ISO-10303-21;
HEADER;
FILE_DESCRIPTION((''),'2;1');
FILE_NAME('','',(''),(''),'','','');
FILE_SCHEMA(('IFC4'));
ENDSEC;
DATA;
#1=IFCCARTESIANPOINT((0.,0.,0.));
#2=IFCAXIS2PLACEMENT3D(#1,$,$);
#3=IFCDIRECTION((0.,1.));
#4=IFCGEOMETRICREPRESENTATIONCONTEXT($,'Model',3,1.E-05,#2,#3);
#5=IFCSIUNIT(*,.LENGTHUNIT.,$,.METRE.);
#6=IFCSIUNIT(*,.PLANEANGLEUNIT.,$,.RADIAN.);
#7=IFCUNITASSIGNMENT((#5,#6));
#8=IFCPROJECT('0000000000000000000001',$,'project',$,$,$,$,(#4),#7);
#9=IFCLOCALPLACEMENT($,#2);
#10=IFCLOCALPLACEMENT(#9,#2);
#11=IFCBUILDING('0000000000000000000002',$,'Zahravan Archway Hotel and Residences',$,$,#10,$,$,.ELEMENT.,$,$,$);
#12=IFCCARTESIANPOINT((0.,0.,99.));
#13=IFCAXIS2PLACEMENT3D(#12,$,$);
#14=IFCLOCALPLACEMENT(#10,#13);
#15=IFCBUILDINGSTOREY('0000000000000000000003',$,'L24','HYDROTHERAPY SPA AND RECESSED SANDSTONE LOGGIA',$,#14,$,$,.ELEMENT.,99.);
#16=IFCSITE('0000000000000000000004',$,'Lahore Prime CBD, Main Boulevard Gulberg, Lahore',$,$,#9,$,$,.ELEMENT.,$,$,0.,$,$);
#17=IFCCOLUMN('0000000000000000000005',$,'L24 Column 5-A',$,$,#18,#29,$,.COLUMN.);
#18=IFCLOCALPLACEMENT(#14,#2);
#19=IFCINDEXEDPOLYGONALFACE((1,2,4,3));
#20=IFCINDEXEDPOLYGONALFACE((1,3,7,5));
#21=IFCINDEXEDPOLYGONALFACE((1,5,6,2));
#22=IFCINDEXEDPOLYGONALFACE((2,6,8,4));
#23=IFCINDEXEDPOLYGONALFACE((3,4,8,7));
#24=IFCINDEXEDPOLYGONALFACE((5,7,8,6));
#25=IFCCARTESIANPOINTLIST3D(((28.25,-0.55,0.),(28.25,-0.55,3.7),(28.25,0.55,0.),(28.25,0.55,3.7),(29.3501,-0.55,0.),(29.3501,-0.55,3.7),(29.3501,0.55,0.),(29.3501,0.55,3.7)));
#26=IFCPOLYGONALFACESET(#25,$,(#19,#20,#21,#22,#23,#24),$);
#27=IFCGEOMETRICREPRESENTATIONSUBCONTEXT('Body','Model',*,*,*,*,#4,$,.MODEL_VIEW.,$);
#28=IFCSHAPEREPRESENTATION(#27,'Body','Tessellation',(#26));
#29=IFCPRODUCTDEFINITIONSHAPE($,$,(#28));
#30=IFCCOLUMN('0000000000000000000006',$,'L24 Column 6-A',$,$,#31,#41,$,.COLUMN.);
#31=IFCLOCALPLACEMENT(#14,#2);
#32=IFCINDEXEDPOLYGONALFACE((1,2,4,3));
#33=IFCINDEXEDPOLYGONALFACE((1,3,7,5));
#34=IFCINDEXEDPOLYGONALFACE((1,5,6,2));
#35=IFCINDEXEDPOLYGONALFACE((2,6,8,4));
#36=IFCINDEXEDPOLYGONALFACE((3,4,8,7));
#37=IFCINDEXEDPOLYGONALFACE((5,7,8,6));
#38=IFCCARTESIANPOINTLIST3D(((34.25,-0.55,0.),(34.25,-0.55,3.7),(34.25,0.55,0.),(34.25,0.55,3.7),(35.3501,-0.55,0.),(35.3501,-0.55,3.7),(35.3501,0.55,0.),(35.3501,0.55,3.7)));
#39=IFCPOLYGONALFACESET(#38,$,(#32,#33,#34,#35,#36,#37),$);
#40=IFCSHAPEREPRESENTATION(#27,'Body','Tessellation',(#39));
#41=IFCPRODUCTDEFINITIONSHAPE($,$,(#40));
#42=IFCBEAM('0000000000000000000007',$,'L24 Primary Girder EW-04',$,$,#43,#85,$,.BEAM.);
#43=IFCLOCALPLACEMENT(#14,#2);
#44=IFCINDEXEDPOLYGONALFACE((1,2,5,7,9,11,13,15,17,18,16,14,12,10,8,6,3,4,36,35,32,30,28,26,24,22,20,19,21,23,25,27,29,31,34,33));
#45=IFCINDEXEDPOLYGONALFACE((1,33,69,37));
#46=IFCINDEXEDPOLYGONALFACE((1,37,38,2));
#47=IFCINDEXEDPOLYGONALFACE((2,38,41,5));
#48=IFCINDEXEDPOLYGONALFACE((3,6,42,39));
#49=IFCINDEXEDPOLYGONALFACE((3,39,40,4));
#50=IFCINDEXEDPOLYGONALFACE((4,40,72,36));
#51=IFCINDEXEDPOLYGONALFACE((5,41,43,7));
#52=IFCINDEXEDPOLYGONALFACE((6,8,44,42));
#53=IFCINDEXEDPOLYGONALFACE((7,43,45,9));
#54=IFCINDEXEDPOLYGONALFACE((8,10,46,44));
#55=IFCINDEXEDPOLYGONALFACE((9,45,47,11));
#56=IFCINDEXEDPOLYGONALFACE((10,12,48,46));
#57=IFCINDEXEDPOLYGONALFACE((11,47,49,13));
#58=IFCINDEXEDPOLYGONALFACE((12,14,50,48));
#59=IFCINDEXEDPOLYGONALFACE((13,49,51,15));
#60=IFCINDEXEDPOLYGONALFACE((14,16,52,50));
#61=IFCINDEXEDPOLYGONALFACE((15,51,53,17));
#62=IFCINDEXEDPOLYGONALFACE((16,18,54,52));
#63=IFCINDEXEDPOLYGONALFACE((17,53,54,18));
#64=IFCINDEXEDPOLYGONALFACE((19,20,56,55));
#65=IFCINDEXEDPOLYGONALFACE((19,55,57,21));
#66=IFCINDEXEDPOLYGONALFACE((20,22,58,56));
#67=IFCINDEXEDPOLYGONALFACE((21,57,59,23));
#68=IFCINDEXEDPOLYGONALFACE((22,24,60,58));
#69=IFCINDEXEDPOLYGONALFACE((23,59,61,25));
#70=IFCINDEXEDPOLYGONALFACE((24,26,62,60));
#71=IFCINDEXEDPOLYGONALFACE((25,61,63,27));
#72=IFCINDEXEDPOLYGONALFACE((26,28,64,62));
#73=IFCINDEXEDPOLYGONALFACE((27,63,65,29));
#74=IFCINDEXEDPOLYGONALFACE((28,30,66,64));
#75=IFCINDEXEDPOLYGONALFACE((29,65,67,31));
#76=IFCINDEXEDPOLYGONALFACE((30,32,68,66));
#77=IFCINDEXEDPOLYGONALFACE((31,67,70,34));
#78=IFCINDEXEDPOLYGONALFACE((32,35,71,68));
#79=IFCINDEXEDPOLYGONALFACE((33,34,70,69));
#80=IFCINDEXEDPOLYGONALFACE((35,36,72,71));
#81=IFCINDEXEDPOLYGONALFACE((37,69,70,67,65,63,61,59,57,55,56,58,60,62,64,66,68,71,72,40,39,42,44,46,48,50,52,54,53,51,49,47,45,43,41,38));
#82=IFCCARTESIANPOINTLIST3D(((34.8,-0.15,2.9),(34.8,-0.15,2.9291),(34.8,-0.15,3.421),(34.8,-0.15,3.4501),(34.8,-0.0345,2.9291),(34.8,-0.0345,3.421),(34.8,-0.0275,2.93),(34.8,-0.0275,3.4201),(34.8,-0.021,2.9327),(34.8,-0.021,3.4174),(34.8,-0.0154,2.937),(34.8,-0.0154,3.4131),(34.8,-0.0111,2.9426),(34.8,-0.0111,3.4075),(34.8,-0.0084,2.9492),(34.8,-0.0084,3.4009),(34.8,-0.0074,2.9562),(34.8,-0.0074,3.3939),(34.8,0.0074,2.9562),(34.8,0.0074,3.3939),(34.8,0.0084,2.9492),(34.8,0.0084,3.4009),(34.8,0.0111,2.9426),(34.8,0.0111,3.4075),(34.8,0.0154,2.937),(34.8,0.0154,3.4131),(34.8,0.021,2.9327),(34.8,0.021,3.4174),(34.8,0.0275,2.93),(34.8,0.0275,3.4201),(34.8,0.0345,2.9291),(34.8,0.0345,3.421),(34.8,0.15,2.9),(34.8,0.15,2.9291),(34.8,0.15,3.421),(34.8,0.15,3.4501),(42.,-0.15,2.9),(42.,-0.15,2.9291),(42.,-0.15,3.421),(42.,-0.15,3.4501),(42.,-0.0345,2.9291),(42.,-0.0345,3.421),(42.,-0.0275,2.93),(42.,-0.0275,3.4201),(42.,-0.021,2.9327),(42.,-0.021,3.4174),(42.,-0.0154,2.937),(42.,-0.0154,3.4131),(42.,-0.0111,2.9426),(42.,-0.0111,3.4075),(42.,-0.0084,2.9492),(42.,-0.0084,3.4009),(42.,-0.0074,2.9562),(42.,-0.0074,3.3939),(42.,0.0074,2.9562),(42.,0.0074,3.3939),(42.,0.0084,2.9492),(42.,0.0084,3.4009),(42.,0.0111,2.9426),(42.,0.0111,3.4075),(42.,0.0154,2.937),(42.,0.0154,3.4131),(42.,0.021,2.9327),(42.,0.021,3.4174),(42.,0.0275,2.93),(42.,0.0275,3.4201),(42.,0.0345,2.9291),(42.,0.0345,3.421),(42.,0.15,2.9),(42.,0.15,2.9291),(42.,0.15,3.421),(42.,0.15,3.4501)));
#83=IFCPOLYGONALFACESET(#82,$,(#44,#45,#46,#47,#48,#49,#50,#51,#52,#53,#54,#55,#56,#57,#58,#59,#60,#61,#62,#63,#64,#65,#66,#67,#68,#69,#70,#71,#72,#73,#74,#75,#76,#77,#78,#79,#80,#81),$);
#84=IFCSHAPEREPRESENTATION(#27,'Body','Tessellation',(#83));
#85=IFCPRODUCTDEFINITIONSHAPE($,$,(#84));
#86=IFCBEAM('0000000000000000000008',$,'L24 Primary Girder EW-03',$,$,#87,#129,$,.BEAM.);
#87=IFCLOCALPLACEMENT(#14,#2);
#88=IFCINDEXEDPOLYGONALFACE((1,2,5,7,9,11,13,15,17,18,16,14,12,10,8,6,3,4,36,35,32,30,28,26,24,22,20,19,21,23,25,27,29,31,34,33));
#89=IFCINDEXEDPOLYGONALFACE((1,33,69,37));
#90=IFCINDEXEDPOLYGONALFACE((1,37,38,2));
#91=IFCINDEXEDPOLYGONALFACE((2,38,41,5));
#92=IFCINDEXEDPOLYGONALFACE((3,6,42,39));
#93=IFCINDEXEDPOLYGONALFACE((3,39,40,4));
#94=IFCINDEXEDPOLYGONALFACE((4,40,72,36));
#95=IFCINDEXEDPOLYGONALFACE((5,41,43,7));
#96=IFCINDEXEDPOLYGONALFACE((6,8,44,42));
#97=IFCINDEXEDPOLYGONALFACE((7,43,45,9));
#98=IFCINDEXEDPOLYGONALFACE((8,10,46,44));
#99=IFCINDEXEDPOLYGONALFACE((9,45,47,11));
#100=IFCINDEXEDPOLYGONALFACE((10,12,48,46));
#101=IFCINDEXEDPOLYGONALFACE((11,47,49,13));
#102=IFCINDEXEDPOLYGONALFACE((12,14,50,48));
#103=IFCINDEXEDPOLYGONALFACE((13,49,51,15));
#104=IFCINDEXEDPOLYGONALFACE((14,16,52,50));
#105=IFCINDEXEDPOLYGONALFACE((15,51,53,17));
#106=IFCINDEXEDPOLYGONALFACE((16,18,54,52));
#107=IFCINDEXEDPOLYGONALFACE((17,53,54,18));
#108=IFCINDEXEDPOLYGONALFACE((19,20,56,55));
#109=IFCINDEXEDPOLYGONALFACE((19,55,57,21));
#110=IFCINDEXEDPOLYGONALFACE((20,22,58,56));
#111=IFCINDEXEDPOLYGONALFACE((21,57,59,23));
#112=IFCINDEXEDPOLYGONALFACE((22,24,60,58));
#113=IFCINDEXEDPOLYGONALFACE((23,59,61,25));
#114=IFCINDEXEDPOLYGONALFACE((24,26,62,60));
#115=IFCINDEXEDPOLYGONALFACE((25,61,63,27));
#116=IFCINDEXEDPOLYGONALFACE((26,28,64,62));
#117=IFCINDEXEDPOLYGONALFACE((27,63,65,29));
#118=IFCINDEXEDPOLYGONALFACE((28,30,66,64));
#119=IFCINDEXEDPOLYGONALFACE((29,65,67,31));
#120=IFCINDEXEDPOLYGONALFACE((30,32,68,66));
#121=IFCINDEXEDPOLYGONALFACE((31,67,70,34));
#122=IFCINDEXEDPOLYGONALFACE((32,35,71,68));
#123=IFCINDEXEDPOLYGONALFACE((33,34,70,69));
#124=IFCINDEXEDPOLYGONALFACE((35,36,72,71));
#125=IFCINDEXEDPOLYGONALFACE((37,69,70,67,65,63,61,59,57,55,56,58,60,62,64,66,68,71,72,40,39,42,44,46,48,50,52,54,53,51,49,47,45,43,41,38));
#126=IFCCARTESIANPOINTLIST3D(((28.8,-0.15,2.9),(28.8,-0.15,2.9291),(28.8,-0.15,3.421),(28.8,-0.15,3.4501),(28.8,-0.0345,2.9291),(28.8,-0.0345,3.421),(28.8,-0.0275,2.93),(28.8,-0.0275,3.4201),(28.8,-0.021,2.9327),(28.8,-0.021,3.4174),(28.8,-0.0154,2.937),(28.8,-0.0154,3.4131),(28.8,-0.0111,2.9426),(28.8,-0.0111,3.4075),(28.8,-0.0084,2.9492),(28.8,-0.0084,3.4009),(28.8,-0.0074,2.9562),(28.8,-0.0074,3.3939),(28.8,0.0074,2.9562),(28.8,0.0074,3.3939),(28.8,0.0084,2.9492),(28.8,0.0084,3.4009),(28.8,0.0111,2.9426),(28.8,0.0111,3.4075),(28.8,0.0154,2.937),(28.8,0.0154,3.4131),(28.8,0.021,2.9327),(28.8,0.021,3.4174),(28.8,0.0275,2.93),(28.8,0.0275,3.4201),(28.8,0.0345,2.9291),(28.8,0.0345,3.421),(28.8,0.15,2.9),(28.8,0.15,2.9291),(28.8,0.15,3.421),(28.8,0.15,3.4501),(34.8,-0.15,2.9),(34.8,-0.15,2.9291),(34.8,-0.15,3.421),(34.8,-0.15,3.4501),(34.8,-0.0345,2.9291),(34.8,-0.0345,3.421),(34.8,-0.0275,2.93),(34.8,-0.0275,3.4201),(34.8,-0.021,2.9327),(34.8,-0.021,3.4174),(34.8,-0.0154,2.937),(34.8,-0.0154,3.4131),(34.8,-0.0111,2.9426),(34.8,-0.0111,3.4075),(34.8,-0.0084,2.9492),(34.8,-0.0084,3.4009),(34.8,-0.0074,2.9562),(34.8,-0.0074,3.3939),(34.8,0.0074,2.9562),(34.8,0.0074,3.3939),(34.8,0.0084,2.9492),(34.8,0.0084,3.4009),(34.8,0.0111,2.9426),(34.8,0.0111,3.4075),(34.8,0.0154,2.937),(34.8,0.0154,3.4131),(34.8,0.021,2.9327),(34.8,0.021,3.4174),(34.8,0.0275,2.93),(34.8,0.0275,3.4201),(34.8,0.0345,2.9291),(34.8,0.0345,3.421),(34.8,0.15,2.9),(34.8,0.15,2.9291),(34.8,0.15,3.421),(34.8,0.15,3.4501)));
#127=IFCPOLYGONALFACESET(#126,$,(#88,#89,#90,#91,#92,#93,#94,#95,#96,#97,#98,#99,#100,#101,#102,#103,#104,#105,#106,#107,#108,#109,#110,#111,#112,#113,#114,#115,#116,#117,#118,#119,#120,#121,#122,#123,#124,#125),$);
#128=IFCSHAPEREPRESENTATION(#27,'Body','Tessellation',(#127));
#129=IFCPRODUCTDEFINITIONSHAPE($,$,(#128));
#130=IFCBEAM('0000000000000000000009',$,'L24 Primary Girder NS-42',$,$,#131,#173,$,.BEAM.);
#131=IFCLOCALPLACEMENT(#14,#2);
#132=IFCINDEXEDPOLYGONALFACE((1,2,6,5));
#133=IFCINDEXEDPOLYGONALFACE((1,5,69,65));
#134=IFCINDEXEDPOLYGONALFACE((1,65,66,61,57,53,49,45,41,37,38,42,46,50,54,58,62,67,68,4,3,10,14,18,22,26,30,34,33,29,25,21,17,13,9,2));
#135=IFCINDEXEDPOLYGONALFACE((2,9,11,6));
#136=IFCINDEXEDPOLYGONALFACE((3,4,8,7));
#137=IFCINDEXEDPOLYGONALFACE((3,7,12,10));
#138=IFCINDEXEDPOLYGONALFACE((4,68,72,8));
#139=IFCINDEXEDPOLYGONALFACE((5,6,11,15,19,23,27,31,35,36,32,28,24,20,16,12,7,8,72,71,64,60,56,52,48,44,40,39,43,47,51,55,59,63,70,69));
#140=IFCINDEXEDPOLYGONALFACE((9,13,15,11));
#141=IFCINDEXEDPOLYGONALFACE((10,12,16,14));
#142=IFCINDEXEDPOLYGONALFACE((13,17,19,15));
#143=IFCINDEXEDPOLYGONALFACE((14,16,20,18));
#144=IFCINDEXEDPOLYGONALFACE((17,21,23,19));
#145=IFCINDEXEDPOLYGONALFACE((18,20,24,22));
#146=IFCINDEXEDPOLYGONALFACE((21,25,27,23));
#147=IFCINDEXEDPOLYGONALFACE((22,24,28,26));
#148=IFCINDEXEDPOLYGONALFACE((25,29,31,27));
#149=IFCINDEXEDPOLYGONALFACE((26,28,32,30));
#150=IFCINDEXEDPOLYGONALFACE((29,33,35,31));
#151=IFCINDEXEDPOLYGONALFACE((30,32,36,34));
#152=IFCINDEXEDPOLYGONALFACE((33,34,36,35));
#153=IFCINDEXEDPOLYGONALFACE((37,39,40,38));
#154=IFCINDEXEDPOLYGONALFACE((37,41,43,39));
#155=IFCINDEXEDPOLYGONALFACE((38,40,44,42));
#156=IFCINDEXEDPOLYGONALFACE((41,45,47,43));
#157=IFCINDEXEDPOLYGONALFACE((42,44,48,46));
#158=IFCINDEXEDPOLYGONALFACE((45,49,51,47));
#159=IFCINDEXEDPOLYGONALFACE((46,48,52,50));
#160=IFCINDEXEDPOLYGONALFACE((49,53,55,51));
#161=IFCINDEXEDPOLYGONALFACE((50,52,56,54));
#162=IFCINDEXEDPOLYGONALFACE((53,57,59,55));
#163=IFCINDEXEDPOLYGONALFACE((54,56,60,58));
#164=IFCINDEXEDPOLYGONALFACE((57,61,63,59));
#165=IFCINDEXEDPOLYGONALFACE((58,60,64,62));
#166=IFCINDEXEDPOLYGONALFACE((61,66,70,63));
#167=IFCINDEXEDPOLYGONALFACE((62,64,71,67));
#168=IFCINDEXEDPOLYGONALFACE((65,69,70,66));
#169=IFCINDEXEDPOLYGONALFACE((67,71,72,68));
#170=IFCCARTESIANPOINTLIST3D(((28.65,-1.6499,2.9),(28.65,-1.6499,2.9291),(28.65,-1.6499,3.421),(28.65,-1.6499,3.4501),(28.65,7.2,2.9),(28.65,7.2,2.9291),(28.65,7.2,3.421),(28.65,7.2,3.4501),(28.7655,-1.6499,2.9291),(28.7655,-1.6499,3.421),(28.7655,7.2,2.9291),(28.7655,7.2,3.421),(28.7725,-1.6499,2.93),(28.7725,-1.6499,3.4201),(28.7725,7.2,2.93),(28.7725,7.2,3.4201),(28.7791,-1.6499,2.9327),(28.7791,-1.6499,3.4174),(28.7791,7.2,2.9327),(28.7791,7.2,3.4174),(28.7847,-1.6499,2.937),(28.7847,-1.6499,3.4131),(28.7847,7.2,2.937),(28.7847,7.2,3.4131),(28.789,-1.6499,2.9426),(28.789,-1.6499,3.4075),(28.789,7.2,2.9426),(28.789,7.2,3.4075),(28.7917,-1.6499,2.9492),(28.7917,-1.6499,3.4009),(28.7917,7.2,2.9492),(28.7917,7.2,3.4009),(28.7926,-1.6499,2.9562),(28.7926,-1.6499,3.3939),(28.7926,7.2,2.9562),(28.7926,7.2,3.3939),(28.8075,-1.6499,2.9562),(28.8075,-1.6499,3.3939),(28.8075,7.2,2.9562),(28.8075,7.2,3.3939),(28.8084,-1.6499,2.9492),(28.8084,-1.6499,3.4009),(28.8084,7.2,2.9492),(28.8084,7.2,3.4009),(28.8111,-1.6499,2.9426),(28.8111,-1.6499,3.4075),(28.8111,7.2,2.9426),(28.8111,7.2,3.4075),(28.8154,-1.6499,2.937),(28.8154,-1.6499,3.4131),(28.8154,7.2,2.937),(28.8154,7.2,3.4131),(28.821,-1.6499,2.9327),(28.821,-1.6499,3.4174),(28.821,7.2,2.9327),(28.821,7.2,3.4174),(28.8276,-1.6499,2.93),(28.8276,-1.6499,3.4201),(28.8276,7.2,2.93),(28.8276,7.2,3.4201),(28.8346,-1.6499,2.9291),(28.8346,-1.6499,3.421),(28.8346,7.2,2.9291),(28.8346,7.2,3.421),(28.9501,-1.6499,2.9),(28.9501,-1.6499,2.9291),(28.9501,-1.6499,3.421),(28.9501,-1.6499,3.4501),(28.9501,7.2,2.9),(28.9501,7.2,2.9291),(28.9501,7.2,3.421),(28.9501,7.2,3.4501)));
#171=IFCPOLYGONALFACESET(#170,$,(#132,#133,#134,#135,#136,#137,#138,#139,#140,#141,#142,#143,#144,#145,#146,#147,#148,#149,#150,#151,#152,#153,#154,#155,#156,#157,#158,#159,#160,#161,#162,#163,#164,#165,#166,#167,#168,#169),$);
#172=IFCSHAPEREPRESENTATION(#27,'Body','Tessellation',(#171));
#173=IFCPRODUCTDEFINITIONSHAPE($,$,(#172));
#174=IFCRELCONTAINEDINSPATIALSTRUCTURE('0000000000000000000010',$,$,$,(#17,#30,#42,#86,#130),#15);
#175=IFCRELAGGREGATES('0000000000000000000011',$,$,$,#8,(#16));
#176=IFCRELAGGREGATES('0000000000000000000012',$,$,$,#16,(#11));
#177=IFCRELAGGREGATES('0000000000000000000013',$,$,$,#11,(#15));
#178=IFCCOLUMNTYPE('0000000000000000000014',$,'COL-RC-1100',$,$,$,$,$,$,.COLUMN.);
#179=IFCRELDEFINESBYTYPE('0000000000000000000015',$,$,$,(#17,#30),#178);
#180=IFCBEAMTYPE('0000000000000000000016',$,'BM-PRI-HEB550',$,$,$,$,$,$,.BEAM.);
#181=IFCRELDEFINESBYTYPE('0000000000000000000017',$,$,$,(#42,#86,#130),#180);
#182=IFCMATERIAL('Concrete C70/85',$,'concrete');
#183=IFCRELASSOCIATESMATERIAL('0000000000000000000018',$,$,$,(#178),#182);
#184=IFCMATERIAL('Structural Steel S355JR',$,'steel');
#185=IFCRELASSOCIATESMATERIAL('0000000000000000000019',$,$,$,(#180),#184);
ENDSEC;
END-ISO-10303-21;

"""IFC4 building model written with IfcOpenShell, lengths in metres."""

from ifc_helpers import new_model, si_unit, direction, frame, origin, origin_2d, place, context, subcontext, project, spatial, rectangle, i_section, extrude, source, transform, mapped, material, material_profile, profile_set, type_object, element, save


model = new_model("IFC4")

# Units and contexts
model_context = context("Model", 3, precision=1e-05, world=origin(), true_north=direction((0.0, 1.0)))
body_context = subcontext(model_context, "Body", "Model", "MODEL_VIEW")
ifc_project = project(units=[si_unit("LENGTHUNIT", "METRE"), si_unit("PLANEANGLEUNIT", "RADIAN")], contexts=[model_context])

# Site, building, storey
site_placement = place(None, origin())
site = spatial("IfcSite", under=ifc_project, at=site_placement, Name="Lahore Prime CBD, Main Boulevard Gulberg, Lahore", CompositionType="ELEMENT", RefElevation=0.0)
building_placement = place(site_placement, origin())
building = spatial("IfcBuilding", under=site, at=building_placement, Name="Zahravan Archway Hotel and Residences", CompositionType="ELEMENT")
storey_placement = place(building_placement, frame((0.0, 0.0, 99.0)))
storey = spatial("IfcBuildingStorey", under=building, at=storey_placement, Name="L24", Description="HYDROTHERAPY SPA AND RECESSED SANDSTONE LOGGIA", CompositionType="ELEMENT", Elevation=99.0)

# Columns
ifc_material_1 = material(Name="Concrete C70/85", Category="concrete")
ifc_material_profile_1 = material_profile(ifc_material_1, rectangle(XDim=1.1001, YDim=1.1001, at=origin_2d()), Name="RC 1100x1100", Category="concrete")
ifc_profile_set_1 = profile_set([ifc_material_profile_1], Name="Concrete C70/85")
column_type = type_object("IfcColumnType", Name="COL-RC-1100", PredefinedType="COLUMN", material=ifc_profile_set_1)
shared_shape_1 = source(origin(), body_context, "Body", "SweptSolid", [
    extrude(rectangle(XDim=1.1001, YDim=1.1001, at=origin_2d()), origin(), (0.0, 0.0, 1.0), 3.7),
])
for number, where, z_axis, x_axis, name in (
    (1, (28.8, 0.0, 0.0), (0.0, 0.0, 1.0), (1.0, 0.0, 0.0), "L24 Column 5-A"),
    (2, (34.8, 0.0, 0.0), (0.0, 0.0, 1.0), (1.0, 0.0, 0.0), "L24 Column 6-A"),
):
    element("IfcColumn", number, at=place(storey_placement, frame(where, z_axis=z_axis, x_axis=x_axis)), inside=storey, type_object=column_type, Name=name, PredefinedType="COLUMN", context=body_context, shape_type="MappedRepresentation", body=[
        mapped(shared_shape_1, transform((0.0, 0.0, 0.0), scale=1.0)),
    ])

# Beams
ifc_material_2 = material(Name="Structural Steel S355JR", Category="steel")
ifc_material_profile_2 = material_profile(ifc_material_2, i_section(OverallWidth=0.3, OverallDepth=0.55, WebThickness=0.0149, FlangeThickness=0.0291, FilletRadius=0.0271, at=origin_2d()), Name="HEB 550", Category="steel")
ifc_profile_set_2 = profile_set([ifc_material_profile_2], Name="Structural Steel S355JR")
beam_type_1 = type_object("IfcBeamType", Name="BM-PRI-HEB550", PredefinedType="BEAM", material=ifc_profile_set_2)
shared_shape_2 = source(origin(), body_context, "Body", "SweptSolid", [
    extrude(i_section(OverallWidth=0.3, OverallDepth=0.55, WebThickness=0.0149, FlangeThickness=0.0291, FilletRadius=0.0271, at=origin_2d()), origin(), (0.0, 0.0, 1.0), 7.2),
])
beam_1_placement = place(storey_placement, frame((34.8, 0.0, 3.175), z_axis=(1.0, 0.0, 0.0), x_axis=(0.0, 1.0, 0.0)))
element("IfcBeam", 3, at=beam_1_placement, inside=storey, type_object=beam_type_1, Name="L24 Primary Girder EW-04", PredefinedType="BEAM", context=body_context, shape_type="MappedRepresentation", body=[
    mapped(shared_shape_2, transform((0.0, 0.0, 0.0), scale=1.0)),
])
shared_shape_3 = source(origin(), body_context, "Body", "SweptSolid", [
    extrude(i_section(OverallWidth=0.3, OverallDepth=0.55, WebThickness=0.0149, FlangeThickness=0.0291, FilletRadius=0.0271, at=origin_2d()), origin(), (0.0, 0.0, 1.0), 6.0),
])
beam_2_placement = place(storey_placement, frame((28.8, 0.0, 3.175), z_axis=(1.0, 0.0, 0.0), x_axis=(0.0, 1.0, 0.0)))
element("IfcBeam", 4, at=beam_2_placement, inside=storey, type_object=beam_type_1, Name="L24 Primary Girder EW-03", PredefinedType="BEAM", context=body_context, shape_type="MappedRepresentation", body=[
    mapped(shared_shape_3, transform((0.0, 0.0, 0.0), scale=1.0)),
])
shared_shape_4 = source(origin(), body_context, "Body", "SweptSolid", [
    extrude(i_section(OverallWidth=0.3, OverallDepth=0.55, WebThickness=0.0149, FlangeThickness=0.0291, FilletRadius=0.0271, at=origin_2d()), origin(), (0.0, 0.0, 1.0), 8.8499),
])
beam_3_placement = place(storey_placement, frame((28.8, -1.6499, 3.175), z_axis=(0.0, 1.0, 0.0), x_axis=(-1.0, 0.0, 0.0)))
element("IfcBeam", 5, at=beam_3_placement, inside=storey, type_object=beam_type_1, Name="L24 Primary Girder NS-42", PredefinedType="BEAM", context=body_context, shape_type="MappedRepresentation", body=[
    mapped(shared_shape_4, transform((0.0, 0.0, 0.0), scale=1.0)),
])

save(model, "model.ifc")
